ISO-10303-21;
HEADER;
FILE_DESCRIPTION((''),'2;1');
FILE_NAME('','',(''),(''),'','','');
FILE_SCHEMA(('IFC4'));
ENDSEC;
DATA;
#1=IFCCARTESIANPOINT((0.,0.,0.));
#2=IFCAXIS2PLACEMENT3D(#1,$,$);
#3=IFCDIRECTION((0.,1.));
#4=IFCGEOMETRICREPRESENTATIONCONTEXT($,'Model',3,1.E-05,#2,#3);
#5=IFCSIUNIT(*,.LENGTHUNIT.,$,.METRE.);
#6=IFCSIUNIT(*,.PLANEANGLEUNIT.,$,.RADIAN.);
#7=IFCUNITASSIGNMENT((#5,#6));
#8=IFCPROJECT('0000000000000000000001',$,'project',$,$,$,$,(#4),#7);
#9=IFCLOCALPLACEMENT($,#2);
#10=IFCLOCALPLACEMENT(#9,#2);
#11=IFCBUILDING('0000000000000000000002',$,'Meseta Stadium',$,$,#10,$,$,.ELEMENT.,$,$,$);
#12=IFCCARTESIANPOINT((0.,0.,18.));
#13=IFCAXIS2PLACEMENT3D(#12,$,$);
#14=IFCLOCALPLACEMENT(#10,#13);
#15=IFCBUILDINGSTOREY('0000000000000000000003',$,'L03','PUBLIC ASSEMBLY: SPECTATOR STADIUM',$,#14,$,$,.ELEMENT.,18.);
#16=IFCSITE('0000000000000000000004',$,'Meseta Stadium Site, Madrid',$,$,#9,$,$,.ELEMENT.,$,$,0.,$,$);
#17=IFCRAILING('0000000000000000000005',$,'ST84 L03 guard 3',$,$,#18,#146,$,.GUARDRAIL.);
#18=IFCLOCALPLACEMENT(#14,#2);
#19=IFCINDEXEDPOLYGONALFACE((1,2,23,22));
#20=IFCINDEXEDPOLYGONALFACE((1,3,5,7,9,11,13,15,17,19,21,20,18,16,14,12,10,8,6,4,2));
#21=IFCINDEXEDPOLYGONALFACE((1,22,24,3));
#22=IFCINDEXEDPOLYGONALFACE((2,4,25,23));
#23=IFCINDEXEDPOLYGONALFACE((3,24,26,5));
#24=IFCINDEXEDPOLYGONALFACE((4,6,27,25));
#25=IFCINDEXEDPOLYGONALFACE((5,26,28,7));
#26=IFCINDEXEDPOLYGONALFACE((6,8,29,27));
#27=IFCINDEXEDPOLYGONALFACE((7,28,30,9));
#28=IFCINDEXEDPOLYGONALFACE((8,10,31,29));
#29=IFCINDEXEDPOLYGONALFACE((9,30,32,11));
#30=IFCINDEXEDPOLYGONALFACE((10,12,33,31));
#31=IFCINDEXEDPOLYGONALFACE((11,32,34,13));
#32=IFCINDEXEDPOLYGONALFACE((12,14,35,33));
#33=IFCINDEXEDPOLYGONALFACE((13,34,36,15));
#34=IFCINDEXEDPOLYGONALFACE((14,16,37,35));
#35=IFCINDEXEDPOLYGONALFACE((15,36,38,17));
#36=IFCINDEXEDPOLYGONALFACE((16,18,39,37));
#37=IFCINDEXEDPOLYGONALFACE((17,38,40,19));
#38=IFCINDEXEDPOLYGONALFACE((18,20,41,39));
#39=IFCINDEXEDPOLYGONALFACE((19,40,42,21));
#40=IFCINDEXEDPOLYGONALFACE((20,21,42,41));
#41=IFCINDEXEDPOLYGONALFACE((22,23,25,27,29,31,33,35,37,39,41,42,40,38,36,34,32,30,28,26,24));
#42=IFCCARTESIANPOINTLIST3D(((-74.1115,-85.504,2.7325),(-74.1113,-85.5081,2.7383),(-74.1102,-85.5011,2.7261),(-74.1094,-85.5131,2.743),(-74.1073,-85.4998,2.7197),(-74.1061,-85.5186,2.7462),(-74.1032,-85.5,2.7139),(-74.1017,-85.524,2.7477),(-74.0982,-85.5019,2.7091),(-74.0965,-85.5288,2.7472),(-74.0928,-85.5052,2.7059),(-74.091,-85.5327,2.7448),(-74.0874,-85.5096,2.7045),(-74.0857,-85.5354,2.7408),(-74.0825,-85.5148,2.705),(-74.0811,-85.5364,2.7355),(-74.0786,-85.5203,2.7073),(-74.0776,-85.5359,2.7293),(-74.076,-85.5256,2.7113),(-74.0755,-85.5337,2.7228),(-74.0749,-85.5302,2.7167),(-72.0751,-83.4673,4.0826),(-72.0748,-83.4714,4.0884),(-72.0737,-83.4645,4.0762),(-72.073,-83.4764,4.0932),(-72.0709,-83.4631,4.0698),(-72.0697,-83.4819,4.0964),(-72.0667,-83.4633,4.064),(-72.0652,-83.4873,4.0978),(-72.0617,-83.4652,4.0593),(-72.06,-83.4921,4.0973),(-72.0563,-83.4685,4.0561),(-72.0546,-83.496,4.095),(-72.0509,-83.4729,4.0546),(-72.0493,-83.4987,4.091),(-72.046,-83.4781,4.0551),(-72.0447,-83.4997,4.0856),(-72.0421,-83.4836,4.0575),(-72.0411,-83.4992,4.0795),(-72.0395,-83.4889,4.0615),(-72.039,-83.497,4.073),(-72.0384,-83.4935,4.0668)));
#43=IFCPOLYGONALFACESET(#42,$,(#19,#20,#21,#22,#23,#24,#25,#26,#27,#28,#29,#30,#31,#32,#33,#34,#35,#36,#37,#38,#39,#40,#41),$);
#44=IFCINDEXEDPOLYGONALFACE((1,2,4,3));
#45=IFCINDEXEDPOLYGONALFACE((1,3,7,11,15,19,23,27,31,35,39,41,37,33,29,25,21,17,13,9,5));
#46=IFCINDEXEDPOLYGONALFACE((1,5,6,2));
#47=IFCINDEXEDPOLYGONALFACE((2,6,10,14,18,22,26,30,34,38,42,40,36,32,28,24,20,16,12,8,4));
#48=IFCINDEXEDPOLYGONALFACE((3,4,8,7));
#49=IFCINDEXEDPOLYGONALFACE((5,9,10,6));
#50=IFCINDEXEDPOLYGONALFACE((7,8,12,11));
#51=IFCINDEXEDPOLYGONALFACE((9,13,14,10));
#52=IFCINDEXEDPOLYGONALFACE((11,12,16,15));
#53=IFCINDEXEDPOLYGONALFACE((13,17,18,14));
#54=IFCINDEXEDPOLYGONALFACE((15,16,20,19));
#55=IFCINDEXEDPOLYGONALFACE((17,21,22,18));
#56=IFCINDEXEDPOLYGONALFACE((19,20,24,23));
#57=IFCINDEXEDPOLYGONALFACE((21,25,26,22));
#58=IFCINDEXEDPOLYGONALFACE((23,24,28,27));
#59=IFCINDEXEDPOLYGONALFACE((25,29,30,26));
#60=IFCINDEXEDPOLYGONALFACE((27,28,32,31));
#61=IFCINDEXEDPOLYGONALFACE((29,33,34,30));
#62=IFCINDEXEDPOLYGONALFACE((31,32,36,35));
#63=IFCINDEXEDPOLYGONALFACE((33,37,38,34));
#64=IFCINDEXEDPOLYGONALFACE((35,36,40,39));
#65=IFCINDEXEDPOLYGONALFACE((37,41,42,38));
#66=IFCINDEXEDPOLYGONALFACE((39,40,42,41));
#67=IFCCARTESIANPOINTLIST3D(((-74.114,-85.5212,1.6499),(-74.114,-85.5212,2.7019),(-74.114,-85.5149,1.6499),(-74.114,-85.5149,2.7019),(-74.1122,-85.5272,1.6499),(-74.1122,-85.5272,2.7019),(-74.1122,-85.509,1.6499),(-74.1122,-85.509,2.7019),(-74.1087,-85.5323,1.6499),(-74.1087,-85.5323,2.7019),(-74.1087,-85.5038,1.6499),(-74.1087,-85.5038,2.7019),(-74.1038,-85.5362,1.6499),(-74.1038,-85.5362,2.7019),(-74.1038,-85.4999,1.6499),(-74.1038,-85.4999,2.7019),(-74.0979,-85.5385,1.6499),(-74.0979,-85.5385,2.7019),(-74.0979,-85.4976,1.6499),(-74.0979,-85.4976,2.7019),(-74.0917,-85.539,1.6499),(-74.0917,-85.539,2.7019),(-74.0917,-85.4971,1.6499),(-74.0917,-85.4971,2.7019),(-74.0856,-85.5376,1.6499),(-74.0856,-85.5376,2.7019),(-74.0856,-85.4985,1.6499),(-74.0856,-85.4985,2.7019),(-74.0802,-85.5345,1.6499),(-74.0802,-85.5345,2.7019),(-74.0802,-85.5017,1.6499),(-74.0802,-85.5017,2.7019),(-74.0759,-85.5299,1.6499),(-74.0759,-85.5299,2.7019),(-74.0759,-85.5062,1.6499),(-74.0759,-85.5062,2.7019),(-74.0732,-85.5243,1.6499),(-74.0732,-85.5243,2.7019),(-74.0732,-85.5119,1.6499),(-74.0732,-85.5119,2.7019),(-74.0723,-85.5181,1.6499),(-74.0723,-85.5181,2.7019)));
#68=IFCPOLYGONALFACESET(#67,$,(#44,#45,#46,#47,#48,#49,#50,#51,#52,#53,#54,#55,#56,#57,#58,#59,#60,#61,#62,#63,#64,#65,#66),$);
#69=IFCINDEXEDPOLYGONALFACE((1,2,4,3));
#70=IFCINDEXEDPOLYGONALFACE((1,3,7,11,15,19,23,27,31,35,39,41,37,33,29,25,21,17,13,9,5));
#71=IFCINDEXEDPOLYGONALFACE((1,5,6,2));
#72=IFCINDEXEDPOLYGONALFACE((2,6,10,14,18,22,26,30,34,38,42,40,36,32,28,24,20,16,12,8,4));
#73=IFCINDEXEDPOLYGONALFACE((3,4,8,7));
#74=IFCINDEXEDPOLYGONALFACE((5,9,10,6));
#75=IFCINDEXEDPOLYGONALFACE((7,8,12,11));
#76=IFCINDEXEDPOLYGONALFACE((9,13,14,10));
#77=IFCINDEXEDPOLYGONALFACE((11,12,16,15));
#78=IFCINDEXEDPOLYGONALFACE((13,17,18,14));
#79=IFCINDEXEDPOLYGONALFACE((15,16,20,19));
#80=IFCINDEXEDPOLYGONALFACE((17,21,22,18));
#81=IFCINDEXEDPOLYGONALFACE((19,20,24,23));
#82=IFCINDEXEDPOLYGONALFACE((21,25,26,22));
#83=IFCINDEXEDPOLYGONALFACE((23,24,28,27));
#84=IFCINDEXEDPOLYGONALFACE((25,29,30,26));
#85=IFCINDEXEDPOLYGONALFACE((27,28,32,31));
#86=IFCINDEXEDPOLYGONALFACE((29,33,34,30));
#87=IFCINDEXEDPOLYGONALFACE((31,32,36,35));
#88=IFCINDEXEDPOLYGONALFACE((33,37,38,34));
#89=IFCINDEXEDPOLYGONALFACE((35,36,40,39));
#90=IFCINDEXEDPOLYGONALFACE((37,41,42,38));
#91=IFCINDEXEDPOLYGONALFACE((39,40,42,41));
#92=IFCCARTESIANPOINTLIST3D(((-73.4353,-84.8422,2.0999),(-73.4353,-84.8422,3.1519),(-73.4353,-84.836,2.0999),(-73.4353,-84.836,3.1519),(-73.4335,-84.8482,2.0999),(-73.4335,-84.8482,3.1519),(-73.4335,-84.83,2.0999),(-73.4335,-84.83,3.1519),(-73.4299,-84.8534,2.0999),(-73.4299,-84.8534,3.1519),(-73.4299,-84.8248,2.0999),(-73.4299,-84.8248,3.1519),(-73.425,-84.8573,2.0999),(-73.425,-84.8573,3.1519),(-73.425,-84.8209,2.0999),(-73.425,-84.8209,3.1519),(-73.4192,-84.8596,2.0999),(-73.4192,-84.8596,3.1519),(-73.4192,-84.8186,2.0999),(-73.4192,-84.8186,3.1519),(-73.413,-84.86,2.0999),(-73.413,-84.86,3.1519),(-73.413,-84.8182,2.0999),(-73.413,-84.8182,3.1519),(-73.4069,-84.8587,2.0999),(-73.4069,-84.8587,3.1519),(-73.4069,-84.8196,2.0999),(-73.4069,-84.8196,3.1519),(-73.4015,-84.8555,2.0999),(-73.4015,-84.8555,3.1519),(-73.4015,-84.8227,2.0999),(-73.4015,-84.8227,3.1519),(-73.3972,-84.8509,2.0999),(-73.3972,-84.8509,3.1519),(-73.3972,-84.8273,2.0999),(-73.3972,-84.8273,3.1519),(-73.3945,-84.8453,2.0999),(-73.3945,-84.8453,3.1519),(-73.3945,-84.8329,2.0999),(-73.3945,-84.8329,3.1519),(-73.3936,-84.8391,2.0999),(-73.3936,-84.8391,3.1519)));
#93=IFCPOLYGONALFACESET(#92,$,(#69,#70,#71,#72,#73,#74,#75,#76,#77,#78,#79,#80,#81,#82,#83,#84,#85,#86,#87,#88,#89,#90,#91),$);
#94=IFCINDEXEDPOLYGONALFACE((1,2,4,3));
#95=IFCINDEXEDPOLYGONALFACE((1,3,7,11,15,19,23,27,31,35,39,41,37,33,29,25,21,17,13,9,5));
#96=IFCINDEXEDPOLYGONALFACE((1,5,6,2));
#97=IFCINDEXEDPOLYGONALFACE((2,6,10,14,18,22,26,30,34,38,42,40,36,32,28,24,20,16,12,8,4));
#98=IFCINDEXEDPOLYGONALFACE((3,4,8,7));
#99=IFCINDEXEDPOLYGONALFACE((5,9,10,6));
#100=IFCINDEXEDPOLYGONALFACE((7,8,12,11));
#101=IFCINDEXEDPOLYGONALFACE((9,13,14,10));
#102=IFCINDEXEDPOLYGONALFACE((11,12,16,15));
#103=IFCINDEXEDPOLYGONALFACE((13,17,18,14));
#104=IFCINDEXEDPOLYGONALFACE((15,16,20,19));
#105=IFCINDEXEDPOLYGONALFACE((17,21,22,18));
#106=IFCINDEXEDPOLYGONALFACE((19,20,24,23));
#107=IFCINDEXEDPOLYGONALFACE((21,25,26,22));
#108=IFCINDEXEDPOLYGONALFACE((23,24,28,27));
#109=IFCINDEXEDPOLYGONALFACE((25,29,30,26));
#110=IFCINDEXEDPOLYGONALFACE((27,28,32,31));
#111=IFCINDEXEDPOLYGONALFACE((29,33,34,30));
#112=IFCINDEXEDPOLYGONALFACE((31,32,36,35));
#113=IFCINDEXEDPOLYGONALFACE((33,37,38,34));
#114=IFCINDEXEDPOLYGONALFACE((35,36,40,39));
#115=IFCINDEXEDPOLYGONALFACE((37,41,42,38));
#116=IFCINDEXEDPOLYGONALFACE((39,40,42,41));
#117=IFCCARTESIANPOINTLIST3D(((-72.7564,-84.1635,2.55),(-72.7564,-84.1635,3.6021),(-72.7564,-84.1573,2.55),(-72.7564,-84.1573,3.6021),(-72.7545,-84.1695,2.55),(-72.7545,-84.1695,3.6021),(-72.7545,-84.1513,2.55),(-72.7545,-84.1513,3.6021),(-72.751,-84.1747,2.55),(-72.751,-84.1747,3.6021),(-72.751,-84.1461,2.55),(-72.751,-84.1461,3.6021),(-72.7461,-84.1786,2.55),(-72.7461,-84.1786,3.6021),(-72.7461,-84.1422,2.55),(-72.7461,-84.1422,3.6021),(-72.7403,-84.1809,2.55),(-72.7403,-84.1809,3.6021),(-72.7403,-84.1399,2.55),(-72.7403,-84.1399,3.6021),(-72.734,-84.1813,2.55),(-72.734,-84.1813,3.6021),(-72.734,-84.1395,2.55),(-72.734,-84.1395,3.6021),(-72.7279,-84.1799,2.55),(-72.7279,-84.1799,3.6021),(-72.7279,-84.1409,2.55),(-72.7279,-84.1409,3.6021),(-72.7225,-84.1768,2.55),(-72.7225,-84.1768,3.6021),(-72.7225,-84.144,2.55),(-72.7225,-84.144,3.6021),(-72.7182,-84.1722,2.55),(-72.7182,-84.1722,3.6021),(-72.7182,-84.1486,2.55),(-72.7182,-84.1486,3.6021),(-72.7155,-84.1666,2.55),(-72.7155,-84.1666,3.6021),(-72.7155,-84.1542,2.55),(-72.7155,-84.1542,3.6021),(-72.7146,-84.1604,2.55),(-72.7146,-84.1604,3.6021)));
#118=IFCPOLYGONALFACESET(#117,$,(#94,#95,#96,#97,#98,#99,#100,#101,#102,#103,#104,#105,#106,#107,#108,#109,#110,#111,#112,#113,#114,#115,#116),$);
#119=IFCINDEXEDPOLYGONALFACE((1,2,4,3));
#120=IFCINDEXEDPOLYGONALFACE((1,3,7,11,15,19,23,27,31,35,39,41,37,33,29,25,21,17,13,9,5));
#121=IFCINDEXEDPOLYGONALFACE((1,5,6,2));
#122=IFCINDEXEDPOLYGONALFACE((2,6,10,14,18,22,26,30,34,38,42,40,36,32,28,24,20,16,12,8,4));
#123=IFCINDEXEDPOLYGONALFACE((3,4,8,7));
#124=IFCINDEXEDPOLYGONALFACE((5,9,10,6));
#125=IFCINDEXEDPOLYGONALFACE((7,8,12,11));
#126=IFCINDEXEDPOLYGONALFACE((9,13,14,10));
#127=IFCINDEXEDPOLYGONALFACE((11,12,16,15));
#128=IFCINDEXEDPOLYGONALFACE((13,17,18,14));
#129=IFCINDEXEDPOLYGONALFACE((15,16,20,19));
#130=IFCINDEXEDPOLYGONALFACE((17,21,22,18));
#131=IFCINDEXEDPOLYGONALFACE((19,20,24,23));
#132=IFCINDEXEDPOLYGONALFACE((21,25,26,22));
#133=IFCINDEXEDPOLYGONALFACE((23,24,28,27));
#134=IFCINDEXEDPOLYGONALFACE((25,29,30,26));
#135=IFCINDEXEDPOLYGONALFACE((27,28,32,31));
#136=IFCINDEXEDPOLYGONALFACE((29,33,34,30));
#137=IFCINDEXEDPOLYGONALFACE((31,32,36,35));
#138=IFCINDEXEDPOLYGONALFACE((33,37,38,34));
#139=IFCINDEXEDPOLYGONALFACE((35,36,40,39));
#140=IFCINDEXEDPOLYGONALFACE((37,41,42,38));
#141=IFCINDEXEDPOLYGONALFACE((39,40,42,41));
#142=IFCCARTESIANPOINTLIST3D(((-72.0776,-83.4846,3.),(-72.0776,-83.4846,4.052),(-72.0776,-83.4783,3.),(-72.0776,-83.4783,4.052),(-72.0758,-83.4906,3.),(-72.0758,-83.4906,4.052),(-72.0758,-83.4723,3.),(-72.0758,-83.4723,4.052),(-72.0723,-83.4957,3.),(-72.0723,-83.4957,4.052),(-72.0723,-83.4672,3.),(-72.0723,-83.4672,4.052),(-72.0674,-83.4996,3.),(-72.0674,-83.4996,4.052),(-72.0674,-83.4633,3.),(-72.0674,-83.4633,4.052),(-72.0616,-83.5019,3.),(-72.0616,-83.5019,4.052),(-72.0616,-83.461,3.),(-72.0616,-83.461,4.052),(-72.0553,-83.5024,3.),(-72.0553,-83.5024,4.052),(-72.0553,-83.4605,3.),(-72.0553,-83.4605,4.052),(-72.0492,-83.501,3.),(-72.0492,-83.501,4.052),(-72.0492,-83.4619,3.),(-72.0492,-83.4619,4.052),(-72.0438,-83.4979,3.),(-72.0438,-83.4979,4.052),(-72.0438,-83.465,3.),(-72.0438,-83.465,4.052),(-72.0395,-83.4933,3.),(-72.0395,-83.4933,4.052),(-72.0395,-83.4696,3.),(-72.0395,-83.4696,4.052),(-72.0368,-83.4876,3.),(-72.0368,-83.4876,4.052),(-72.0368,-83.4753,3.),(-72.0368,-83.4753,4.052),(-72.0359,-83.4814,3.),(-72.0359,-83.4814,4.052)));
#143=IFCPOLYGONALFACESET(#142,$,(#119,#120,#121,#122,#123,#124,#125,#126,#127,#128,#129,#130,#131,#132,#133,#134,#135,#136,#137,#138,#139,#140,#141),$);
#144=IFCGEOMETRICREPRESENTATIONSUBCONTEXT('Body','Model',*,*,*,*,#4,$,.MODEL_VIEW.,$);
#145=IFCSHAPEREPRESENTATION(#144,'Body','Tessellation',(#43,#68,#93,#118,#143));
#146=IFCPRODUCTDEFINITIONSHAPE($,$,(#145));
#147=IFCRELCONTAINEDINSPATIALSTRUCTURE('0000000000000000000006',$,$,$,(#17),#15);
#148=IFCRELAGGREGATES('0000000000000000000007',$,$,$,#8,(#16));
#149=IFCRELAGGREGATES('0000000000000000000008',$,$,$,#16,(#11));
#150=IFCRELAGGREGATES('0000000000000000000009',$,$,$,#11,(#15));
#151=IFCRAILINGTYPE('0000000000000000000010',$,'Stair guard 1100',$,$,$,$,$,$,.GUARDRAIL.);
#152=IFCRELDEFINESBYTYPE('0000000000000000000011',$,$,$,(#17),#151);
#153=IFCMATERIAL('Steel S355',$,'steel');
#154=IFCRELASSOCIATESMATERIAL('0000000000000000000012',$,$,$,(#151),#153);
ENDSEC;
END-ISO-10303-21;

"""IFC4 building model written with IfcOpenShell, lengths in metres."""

from ifc_helpers import new_model, si_unit, direction, frame, origin, origin_2d, place, context, subcontext, project, spatial, circle, extrude, material, type_object, element, save


model = new_model("IFC4")

# Units and contexts
model_context = context("Model", 3, precision=1e-05, world=origin(), true_north=direction((0.0, 1.0)))
body_context = subcontext(model_context, "Body", "Model", "MODEL_VIEW")
ifc_project = project(units=[si_unit("LENGTHUNIT", "METRE"), si_unit("PLANEANGLEUNIT", "RADIAN")], contexts=[model_context])

# Site, building, storey
site_placement = place(None, origin())
site = spatial("IfcSite", under=ifc_project, at=site_placement, Name="Meseta Stadium Site, Madrid", CompositionType="ELEMENT", RefElevation=0.0)
building_placement = place(site_placement, origin())
building = spatial("IfcBuilding", under=site, at=building_placement, Name="Meseta Stadium", CompositionType="ELEMENT")
storey_placement = place(building_placement, frame((0.0, 0.0, 18.0)))
storey = spatial("IfcBuildingStorey", under=building, at=storey_placement, Name="L03", Description="PUBLIC ASSEMBLY: SPECTATOR STADIUM", CompositionType="ELEMENT", Elevation=18.0)

# Railing
ifc_material_1 = material(Name="Steel S355", Category="steel")
railing_type_1 = type_object("IfcRailingType", Name="Stair guard 1100", PredefinedType="GUARDRAIL", material=ifc_material_1)
railing_1_placement = place(storey_placement, frame((-74.0933, -85.5181, 1.6499)))
element("IfcRailing", 1, at=railing_1_placement, inside=storey, type_object=railing_type_1, Name="ST84 L03 guard 3", PredefinedType="GUARDRAIL", context=body_context, shape_type="SweptSolid", body=[
    extrude(circle(Radius=0.0239, at=origin_2d()), frame((0.0, 0.0, 1.0762), z_axis=(0.640211, 0.640288, 0.424454), x_axis=(-0.707149, 0.707064, 0.0)), (0.0, 0.0, 1.0), 3.1809),
    extrude(circle(Radius=0.021, at=origin_2d()), origin(), (0.0, 0.0, 1.0), 1.052),
    extrude(circle(Radius=0.021, at=origin_2d()), frame((0.6787, 0.679, 0.45)), (0.0, 0.0, 1.0), 1.052),
    extrude(circle(Radius=0.021, at=origin_2d()), frame((1.3577, 1.3577, 0.9001)), (0.0, 0.0, 1.0), 1.052),
    extrude(circle(Radius=0.021, at=origin_2d()), frame((2.0364, 2.0366, 1.3501)), (0.0, 0.0, 1.0), 1.052),
])

save(model, "model.ifc")
